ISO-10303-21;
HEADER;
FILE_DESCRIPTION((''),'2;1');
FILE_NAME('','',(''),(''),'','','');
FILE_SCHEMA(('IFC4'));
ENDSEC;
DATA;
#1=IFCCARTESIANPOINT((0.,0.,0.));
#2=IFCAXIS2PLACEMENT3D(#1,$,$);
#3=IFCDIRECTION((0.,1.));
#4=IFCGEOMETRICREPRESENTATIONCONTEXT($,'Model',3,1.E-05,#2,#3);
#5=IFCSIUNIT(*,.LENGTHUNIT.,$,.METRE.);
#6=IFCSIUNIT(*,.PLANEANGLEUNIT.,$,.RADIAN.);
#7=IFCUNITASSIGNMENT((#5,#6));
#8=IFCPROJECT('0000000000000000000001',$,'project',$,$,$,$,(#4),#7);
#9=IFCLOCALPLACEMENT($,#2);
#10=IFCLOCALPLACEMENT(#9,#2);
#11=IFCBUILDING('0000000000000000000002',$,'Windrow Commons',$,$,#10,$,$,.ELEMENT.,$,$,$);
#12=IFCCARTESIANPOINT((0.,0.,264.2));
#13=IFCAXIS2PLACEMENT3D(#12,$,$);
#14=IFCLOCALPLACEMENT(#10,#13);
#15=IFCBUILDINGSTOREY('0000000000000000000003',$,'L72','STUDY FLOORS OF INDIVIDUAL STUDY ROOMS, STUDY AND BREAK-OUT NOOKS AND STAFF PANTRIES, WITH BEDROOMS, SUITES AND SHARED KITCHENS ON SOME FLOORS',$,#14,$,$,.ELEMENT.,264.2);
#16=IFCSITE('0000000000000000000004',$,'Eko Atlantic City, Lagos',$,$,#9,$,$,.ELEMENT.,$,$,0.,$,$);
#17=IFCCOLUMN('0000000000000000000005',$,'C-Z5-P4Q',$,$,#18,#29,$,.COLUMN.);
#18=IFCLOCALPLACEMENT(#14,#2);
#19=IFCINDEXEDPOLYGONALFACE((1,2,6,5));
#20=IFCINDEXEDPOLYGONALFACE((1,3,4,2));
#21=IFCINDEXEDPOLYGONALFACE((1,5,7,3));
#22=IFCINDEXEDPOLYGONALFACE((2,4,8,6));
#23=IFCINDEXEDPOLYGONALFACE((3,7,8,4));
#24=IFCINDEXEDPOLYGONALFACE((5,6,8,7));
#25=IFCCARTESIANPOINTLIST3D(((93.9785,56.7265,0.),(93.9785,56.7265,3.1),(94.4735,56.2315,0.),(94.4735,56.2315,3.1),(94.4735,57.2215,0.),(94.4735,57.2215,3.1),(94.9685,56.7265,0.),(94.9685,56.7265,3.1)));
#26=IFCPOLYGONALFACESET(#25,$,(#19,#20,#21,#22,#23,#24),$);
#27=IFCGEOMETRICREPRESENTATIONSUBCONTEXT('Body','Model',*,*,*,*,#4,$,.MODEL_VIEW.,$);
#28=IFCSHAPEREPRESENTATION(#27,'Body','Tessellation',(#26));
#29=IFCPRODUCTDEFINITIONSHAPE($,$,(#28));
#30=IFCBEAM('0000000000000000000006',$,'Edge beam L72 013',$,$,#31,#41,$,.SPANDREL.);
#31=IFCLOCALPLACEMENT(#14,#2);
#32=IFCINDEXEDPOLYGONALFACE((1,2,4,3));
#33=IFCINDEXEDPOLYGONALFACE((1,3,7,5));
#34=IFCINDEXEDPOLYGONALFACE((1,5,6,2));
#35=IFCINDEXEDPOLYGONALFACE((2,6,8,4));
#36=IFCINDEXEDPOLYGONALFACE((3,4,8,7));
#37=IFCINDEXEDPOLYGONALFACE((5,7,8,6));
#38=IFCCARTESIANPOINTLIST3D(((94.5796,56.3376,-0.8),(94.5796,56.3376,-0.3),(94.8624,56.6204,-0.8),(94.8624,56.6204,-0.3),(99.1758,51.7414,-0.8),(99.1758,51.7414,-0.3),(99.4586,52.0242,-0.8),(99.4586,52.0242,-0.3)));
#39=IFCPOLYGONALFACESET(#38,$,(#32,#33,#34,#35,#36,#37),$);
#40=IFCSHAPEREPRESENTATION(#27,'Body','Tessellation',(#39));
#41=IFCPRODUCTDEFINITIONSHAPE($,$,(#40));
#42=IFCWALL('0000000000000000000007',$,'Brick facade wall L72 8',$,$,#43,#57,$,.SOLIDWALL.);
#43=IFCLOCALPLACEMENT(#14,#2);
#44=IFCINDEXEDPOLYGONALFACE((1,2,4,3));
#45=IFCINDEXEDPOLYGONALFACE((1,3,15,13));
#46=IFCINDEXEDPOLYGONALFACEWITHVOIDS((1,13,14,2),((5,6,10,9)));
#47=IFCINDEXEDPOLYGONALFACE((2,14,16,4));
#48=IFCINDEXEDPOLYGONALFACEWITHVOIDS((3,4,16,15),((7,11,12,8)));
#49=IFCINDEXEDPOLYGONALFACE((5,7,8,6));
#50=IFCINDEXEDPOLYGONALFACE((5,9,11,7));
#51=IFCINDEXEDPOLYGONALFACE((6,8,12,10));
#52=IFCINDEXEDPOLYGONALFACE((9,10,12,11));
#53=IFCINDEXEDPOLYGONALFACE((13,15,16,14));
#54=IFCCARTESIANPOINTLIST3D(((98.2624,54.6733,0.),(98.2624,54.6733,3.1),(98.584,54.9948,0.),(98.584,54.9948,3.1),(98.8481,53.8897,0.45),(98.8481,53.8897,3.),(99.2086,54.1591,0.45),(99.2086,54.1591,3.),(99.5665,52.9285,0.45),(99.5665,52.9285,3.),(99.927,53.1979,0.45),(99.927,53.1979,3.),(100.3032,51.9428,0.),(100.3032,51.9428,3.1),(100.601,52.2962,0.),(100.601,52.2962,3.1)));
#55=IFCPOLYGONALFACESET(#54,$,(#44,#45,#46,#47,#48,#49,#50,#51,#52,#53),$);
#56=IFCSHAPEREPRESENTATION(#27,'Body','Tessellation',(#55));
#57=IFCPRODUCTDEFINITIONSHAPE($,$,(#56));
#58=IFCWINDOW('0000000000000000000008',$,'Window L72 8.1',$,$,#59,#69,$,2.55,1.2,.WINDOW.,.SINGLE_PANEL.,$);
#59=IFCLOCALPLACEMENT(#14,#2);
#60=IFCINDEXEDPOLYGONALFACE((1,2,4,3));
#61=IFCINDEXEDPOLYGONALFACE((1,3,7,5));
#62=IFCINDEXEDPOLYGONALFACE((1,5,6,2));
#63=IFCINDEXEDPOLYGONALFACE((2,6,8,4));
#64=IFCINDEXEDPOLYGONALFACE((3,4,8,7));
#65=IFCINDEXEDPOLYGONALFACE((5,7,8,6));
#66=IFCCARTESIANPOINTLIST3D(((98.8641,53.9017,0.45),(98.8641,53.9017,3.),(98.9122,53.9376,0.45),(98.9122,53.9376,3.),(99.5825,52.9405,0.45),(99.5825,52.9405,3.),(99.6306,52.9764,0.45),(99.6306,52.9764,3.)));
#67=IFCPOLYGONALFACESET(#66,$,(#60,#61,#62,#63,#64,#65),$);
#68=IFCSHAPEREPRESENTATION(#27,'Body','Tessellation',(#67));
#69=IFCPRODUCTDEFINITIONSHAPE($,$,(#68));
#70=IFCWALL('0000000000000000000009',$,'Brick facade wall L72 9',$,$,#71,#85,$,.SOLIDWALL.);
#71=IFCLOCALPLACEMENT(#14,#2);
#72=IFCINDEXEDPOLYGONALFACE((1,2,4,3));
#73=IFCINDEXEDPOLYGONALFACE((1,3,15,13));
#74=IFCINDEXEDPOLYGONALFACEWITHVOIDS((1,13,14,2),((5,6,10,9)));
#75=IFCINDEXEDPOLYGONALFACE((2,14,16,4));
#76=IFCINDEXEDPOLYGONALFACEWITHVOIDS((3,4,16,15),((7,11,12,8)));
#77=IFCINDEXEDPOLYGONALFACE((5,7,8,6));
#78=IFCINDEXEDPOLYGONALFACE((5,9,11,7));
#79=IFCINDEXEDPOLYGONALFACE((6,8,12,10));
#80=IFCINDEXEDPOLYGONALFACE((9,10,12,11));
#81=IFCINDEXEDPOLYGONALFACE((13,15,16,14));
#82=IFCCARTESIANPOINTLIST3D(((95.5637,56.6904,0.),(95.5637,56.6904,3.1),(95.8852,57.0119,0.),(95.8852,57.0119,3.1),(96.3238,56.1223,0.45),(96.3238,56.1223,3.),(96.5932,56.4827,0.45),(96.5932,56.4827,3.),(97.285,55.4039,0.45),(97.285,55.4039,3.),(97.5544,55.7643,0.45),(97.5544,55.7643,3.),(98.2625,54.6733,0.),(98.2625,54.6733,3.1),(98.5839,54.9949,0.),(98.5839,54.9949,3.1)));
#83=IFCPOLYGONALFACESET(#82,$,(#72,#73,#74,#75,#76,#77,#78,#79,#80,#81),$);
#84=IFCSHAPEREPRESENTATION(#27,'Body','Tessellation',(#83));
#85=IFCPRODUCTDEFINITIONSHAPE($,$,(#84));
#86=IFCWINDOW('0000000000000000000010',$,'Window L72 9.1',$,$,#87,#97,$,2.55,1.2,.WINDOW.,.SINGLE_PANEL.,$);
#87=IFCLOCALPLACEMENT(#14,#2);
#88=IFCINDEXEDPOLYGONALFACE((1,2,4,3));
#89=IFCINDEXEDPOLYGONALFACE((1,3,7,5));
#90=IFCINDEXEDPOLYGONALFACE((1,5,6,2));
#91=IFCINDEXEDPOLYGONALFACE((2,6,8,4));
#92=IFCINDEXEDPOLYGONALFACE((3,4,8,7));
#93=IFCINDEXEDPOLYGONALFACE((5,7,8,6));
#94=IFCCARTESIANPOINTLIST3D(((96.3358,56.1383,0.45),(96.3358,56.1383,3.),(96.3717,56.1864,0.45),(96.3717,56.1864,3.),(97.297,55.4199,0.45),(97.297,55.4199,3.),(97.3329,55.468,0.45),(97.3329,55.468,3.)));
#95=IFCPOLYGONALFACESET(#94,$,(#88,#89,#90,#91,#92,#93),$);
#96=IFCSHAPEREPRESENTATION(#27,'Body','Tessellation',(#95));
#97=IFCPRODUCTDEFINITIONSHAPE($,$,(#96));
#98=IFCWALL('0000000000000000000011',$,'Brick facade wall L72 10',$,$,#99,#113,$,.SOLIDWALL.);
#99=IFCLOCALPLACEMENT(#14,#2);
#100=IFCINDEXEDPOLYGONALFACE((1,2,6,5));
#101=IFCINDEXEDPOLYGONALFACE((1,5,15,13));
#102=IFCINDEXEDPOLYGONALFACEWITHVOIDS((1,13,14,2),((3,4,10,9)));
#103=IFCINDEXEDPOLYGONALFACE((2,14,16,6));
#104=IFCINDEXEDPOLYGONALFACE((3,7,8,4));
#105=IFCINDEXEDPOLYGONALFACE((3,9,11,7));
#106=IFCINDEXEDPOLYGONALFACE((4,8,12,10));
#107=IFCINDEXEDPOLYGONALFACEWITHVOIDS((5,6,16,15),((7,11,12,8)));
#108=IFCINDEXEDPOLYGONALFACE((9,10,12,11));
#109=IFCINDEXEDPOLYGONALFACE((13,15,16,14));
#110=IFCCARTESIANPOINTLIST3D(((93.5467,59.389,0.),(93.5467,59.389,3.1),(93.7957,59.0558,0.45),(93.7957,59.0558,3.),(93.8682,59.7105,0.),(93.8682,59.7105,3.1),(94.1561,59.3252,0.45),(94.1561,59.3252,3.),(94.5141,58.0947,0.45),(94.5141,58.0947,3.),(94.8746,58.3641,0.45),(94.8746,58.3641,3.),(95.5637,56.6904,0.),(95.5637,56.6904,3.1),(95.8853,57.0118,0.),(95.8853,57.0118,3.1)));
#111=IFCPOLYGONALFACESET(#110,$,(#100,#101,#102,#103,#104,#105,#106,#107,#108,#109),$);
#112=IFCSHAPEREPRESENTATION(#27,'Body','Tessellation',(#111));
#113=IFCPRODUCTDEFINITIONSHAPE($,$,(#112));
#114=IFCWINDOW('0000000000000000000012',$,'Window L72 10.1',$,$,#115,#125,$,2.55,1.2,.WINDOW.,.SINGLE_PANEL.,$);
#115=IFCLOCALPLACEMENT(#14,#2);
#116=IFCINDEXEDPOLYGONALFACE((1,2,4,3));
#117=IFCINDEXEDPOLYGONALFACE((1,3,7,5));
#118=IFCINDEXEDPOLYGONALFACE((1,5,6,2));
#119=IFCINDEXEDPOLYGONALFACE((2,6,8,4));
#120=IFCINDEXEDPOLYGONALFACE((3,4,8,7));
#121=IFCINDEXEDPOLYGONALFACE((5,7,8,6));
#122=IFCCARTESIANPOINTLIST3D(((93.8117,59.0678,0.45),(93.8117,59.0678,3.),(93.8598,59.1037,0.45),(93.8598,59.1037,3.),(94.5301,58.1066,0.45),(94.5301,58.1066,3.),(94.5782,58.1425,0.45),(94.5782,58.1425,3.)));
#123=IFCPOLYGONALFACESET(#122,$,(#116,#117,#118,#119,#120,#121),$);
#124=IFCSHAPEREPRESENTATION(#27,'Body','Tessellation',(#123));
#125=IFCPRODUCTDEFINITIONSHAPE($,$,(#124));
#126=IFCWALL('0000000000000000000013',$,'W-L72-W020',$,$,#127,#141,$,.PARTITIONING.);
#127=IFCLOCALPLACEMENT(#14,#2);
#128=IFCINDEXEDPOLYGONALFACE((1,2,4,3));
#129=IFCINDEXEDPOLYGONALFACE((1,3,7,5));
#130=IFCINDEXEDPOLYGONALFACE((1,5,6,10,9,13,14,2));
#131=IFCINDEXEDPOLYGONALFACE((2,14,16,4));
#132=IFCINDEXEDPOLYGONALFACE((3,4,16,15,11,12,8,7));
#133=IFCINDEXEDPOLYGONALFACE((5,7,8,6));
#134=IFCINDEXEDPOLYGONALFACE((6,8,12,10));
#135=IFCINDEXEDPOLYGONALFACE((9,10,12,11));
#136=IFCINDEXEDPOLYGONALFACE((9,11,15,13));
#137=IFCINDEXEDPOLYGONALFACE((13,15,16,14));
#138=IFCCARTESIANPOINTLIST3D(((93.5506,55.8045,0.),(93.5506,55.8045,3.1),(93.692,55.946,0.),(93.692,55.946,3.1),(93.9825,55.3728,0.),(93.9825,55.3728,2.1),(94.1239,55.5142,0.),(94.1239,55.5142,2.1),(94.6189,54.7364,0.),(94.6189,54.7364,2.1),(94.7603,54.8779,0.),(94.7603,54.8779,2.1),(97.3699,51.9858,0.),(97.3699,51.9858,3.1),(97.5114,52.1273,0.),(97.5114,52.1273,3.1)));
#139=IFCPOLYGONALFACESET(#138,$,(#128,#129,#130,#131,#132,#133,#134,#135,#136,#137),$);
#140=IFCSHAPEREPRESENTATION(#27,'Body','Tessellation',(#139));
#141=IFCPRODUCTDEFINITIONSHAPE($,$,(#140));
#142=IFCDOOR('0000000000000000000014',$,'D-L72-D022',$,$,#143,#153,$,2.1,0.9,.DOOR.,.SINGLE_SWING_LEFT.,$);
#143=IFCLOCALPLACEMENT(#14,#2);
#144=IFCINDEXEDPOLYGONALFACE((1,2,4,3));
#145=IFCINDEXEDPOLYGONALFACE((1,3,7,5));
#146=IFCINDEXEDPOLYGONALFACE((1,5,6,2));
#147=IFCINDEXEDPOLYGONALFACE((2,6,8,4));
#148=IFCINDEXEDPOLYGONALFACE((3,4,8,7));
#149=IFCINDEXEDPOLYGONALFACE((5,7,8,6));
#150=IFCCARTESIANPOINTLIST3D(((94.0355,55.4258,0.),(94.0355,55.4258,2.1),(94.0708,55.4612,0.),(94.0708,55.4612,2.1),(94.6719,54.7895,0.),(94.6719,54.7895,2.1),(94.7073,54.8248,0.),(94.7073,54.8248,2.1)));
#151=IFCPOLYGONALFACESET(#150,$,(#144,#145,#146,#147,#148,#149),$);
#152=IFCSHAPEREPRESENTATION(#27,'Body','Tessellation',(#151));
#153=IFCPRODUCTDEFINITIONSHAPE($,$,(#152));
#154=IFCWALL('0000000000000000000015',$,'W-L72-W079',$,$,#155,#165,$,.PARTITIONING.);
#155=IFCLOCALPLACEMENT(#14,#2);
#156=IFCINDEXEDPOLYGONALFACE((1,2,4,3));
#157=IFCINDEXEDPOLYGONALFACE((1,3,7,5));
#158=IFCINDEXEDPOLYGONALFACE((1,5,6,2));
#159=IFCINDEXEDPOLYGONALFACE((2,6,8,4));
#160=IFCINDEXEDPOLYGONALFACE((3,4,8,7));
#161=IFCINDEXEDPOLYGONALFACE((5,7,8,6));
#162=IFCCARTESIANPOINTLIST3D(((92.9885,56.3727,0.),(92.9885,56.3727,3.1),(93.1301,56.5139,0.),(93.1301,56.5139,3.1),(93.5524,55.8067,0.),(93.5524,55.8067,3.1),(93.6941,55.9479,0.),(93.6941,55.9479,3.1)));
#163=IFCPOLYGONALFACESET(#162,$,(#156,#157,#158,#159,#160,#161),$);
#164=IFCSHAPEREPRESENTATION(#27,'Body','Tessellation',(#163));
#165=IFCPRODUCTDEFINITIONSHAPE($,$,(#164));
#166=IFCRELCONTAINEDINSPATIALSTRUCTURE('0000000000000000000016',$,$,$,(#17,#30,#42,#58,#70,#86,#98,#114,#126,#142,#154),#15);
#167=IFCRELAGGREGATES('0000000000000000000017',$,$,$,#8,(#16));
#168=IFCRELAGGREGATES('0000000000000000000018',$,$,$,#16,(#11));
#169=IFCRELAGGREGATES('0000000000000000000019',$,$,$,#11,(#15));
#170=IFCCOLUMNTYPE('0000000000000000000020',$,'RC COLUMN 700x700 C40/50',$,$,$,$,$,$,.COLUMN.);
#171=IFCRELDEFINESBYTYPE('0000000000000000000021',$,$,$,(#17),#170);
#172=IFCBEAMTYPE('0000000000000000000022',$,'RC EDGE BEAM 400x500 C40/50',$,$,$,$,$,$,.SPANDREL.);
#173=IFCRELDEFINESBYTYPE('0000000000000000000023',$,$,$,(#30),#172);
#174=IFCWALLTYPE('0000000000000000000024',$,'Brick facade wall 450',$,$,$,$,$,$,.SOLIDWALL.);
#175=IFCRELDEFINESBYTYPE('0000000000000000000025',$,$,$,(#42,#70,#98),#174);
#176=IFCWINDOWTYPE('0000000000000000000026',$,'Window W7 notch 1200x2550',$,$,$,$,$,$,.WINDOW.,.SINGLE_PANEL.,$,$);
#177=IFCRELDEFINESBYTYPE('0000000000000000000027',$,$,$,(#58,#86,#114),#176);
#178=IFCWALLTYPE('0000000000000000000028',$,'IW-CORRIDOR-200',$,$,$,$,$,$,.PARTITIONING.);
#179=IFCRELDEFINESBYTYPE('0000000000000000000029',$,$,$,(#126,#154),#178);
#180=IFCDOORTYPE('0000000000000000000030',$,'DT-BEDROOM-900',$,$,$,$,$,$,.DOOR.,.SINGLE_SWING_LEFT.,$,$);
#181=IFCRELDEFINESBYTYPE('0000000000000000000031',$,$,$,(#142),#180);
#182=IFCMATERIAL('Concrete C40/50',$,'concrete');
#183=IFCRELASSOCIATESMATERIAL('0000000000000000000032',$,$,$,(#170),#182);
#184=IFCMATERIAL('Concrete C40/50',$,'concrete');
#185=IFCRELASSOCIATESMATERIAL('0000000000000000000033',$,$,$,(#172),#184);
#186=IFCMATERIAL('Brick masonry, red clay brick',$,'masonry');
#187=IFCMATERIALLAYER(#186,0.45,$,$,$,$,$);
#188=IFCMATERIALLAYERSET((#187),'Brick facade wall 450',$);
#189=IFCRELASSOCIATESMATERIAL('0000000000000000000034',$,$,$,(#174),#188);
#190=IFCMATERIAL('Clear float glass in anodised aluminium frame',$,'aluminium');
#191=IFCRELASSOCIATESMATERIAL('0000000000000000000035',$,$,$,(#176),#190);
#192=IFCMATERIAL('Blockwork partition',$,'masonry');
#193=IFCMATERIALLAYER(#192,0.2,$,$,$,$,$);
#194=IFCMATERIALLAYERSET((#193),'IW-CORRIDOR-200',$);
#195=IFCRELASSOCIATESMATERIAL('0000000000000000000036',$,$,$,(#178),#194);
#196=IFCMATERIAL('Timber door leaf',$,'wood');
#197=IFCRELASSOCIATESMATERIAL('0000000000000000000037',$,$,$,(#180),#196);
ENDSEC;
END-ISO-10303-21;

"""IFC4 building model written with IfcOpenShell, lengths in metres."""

from ifc_helpers import new_model, si_unit, direction, frame, frame_2d, origin, origin_2d, place, context, subcontext, project, spatial, polyline, rectangle, outline, extrude, material, layer, layer_set, material_profile, profile_set, type_object, element, fill, save


model = new_model("IFC4")

# Units and contexts
model_context = context("Model", 3, precision=1e-05, world=origin(), true_north=direction((0.0, 1.0)))
body_context = subcontext(model_context, "Body", "Model", "MODEL_VIEW")
ifc_project = project(units=[si_unit("LENGTHUNIT", "METRE"), si_unit("PLANEANGLEUNIT", "RADIAN")], contexts=[model_context])

# Site, building, storey
site_placement = place(None, origin())
site = spatial("IfcSite", under=ifc_project, at=site_placement, Name="Eko Atlantic City, Lagos", CompositionType="ELEMENT", RefElevation=0.0)
building_placement = place(site_placement, origin())
building = spatial("IfcBuilding", under=site, at=building_placement, Name="Windrow Commons", CompositionType="ELEMENT")
storey_placement = place(building_placement, frame((0.0, 0.0, 264.2)))
storey = spatial("IfcBuildingStorey", under=building, at=storey_placement, Name="L72", Description="STUDY FLOORS OF INDIVIDUAL STUDY ROOMS, STUDY AND BREAK-OUT NOOKS AND STAFF PANTRIES, WITH BEDROOMS, SUITES AND SHARED KITCHENS ON SOME FLOORS", CompositionType="ELEMENT", Elevation=264.2)

# Column
ifc_material_1 = material(Name="Concrete C40/50", Category="concrete")
ifc_material_profile_1 = material_profile(ifc_material_1, rectangle(XDim=0.7, YDim=0.7, at=origin_2d()))
ifc_profile_set_1 = profile_set([ifc_material_profile_1], Name="Concrete C40/50")
column_type = type_object("IfcColumnType", Name="RC COLUMN 700x700 C40/50", PredefinedType="COLUMN", material=ifc_profile_set_1)
column_placement = place(storey_placement, frame((94.4735, 56.7265, 0.0), z_axis=(0.0, 0.0, 1.0), x_axis=(0.707107, -0.707107, 0.0)))
element("IfcColumn", 1, at=column_placement, inside=storey, type_object=column_type, Name="C-Z5-P4Q", PredefinedType="COLUMN", context=body_context, shape_type="SweptSolid", body=[
    extrude(rectangle(XDim=0.7, YDim=0.7, at=origin_2d()), origin(), (0.0, 0.0, 1.0), 3.1),
])

# Beam
ifc_material_2 = material(Name="Concrete C40/50", Category="concrete")
ifc_material_profile_2 = material_profile(ifc_material_2, rectangle(XDim=0.4, YDim=0.5, at=origin_2d()))
ifc_profile_set_2 = profile_set([ifc_material_profile_2], Name="Concrete C40/50")
beam_type = type_object("IfcBeamType", Name="RC EDGE BEAM 400x500 C40/50", PredefinedType="SPANDREL", material=ifc_profile_set_2)
beam_placement = place(storey_placement, frame((94.721, 56.479, -0.55), z_axis=(0.707107, -0.707107, 0.0), x_axis=(0.707107, 0.707107, 0.0)))
element("IfcBeam", 2, at=beam_placement, inside=storey, type_object=beam_type, Name="Edge beam L72 013", PredefinedType="SPANDREL", context=body_context, shape_type="SweptSolid", body=[
    extrude(rectangle(XDim=0.4, YDim=0.5, at=origin_2d()), origin(), (0.0, 0.0, 1.0), 6.5),
])

# Walls, openings, windows
ifc_material_3 = material(Name="Brick masonry, red clay brick", Category="masonry")
ifc_layer_1 = layer(ifc_material_3, 0.45)
ifc_layer_set_1 = layer_set([ifc_layer_1], Name="Brick facade wall 450")
wall_type_1 = type_object("IfcWallType", Name="Brick facade wall 450", PredefinedType="SOLIDWALL", material=ifc_layer_set_1)
wall_1_placement = place(storey_placement, frame((100.4521, 52.1195, 0.0), z_axis=(0.0, 0.0, 1.0), x_axis=(-0.598668, 0.800997, 0.0)))
wall_1 = element("IfcWall", 3, at=wall_1_placement, inside=storey, type_object=wall_type_1, Name="Brick facade wall L72 8", PredefinedType="SOLIDWALL", context=body_context, shape_type="SweptSolid", body=[
    extrude(outline(polyline([(0.0524, -0.225), (3.4215, -0.225), (3.3565, 0.225), (-0.0524, 0.225), (0.0524, -0.225)])), origin(), (0.0, 0.0, 1.0), 3.1),
])
opening_1_placement = place(wall_1_placement, frame((1.1782, 0.0, 0.45)))
opening_1 = element("IfcOpeningElement", 4, at=opening_1_placement, cuts=wall_1, PredefinedType="OPENING", context=body_context, shape_type="SweptSolid", body=[
    extrude(rectangle(XDim=1.2, YDim=2.55, at=frame_2d((0.6, 1.275))), frame((0.0, 0.235, 0.0), z_axis=(0.0, -1.0, 0.0), x_axis=(1.0, 0.0, 0.0)), (0.0, 0.0, 1.0), 0.47),
])
ifc_material_4 = material(Name="Clear float glass in anodised aluminium frame", Category="aluminium")
window_type = type_object("IfcWindowType", Name="Window W7 notch 1200x2550", PartitioningType="SINGLE_PANEL", PredefinedType="WINDOW", material=ifc_material_4)
window_1_placement = place(opening_1_placement, origin())
window_1 = element("IfcWindow", 5, at=window_1_placement, inside=storey, type_object=window_type, Name="Window L72 8.1", OverallHeight=2.55, OverallWidth=1.2, PartitioningType="SINGLE_PANEL", PredefinedType="WINDOW", context=body_context, shape_type="SweptSolid", body=[
    extrude(rectangle(XDim=1.2, YDim=2.55, at=frame_2d((0.6, 1.275))), frame((0.0, 0.205, 0.0), z_axis=(0.0, -1.0, 0.0), x_axis=(1.0, 0.0, 0.0)), (0.0, 0.0, 1.0), 0.06),
])
fill(opening_1, window_1)
wall_2_placement = place(storey_placement, frame((98.4232, 54.8341, 0.0), z_axis=(0.0, 0.0, 1.0), x_axis=(-0.801, 0.598665, 0.0)))
wall_2 = element("IfcWall", 6, at=wall_2_placement, inside=storey, type_object=wall_type_1, Name="Brick facade wall L72 9", PredefinedType="SOLIDWALL", context=body_context, shape_type="SweptSolid", body=[
    extrude(outline(polyline([(-0.0325, -0.225), (3.3367, -0.225), (3.4017, 0.225), (0.0325, 0.225), (-0.0325, -0.225)])), origin(), (0.0, 0.0, 1.0), 3.1),
])
opening_2_placement = place(wall_2_placement, frame((1.2528, 0.0, 0.45)))
opening_2 = element("IfcOpeningElement", 7, at=opening_2_placement, cuts=wall_2, PredefinedType="OPENING", context=body_context, shape_type="SweptSolid", body=[
    extrude(rectangle(XDim=1.2, YDim=2.55, at=frame_2d((0.6, 1.275))), frame((0.0, 0.235, 0.0), z_axis=(0.0, -1.0, 0.0), x_axis=(1.0, 0.0, 0.0)), (0.0, 0.0, 1.0), 0.47),
])
window_2_placement = place(opening_2_placement, origin())
window_2 = element("IfcWindow", 8, at=window_2_placement, inside=storey, type_object=window_type, Name="Window L72 9.1", OverallHeight=2.55, OverallWidth=1.2, PartitioningType="SINGLE_PANEL", PredefinedType="WINDOW", context=body_context, shape_type="SweptSolid", body=[
    extrude(rectangle(XDim=1.2, YDim=2.55, at=frame_2d((0.6, 1.275))), frame((0.0, 0.205, 0.0), z_axis=(0.0, -1.0, 0.0), x_axis=(1.0, 0.0, 0.0)), (0.0, 0.0, 1.0), 0.06),
])
fill(opening_2, window_2)
wall_3_placement = place(storey_placement, frame((95.7245, 56.8511, 0.0), z_axis=(0.0, 0.0, 1.0), x_axis=(-0.598684, 0.800985, 0.0)))
wall_3 = element("IfcWall", 9, at=wall_3_placement, inside=storey, type_object=wall_type_1, Name="Brick facade wall L72 10", PredefinedType="SOLIDWALL", context=body_context, shape_type="SweptSolid", body=[
    extrude(outline(polyline([(0.0325, -0.225), (3.4017, -0.225), (3.3367, 0.225), (-0.0325, 0.225), (0.0325, -0.225)])), origin(), (0.0, 0.0, 1.0), 3.1),
])
opening_3_placement = place(wall_3_placement, frame((1.7207, 0.0, 0.45)))
opening_3 = element("IfcOpeningElement", 10, at=opening_3_placement, cuts=wall_3, PredefinedType="OPENING", context=body_context, shape_type="SweptSolid", body=[
    extrude(rectangle(XDim=1.2, YDim=2.55, at=frame_2d((0.6, 1.275))), frame((0.0, 0.235, 0.0), z_axis=(0.0, -1.0, 0.0), x_axis=(1.0, 0.0, 0.0)), (0.0, 0.0, 1.0), 0.47),
])
window_3_placement = place(opening_3_placement, origin())
window_3 = element("IfcWindow", 11, at=window_3_placement, inside=storey, type_object=window_type, Name="Window L72 10.1", OverallHeight=2.55, OverallWidth=1.2, PartitioningType="SINGLE_PANEL", PredefinedType="WINDOW", context=body_context, shape_type="SweptSolid", body=[
    extrude(rectangle(XDim=1.2, YDim=2.55, at=frame_2d((0.6, 1.275))), frame((0.0, 0.205, 0.0), z_axis=(0.0, -1.0, 0.0), x_axis=(1.0, 0.0, 0.0)), (0.0, 0.0, 1.0), 0.06),
])
fill(opening_3, window_3)

# Wall, opening, door
ifc_material_5 = material(Name="Blockwork partition", Category="masonry")
ifc_layer_2 = layer(ifc_material_5, 0.2)
ifc_layer_set_2 = layer_set([ifc_layer_2], Name="IW-CORRIDOR-200")
wall_type_2 = type_object("IfcWallType", Name="IW-CORRIDOR-200", PredefinedType="PARTITIONING", material=ifc_layer_set_2)
wall_4_placement = place(storey_placement, frame((93.6213, 55.8753, 0.0), z_axis=(0.0, 0.0, 1.0), x_axis=(0.707162, -0.707051, 0.0)))
wall_4 = element("IfcWall", 12, at=wall_4_placement, inside=storey, type_object=wall_type_2, Name="W-L72-W020", PredefinedType="PARTITIONING", context=body_context, shape_type="SweptSolid", body=[
    extrude(rectangle(XDim=5.4009, YDim=0.2, at=frame_2d((2.7005, 0.0))), origin(), (0.0, 0.0, 1.0), 3.1),
])
opening_4_placement = place(wall_4_placement, frame((0.6107, 0.0, 0.0)))
opening_4 = element("IfcOpeningElement", 13, at=opening_4_placement, cuts=wall_4, PredefinedType="OPENING", context=body_context, shape_type="SweptSolid", body=[
    extrude(rectangle(XDim=0.9, YDim=2.1, at=frame_2d((0.45, 1.05))), frame((0.0, 0.11, 0.0), z_axis=(0.0, -1.0, 0.0), x_axis=(1.0, 0.0, 0.0)), (0.0, 0.0, 1.0), 0.22),
])
ifc_material_6 = material(Name="Timber door leaf", Category="wood")
door_type_1 = type_object("IfcDoorType", Name="DT-BEDROOM-900", OperationType="SINGLE_SWING_LEFT", PredefinedType="DOOR", material=ifc_material_6)
door_1_placement = place(opening_4_placement, origin())
door_1 = element("IfcDoor", 14, at=door_1_placement, inside=storey, type_object=door_type_1, Name="D-L72-D022", OperationType="SINGLE_SWING_LEFT", OverallHeight=2.1, OverallWidth=0.9, PredefinedType="DOOR", context=body_context, shape_type="SweptSolid", body=[
    extrude(rectangle(XDim=0.9, YDim=2.1, at=frame_2d((0.45, 1.05))), frame((0.0, 0.025, 0.0), z_axis=(0.0, -1.0, 0.0), x_axis=(1.0, 0.0, 0.0)), (0.0, 0.0, 1.0), 0.05),
])
fill(opening_4, door_1)

# Wall
wall_5_placement = place(storey_placement, frame((93.0593, 56.4433, 0.0), z_axis=(0.0, 0.0, 1.0), x_axis=(0.705854, -0.708357, 0.0)))
element("IfcWall", 15, at=wall_5_placement, inside=storey, type_object=wall_type_2, Name="W-L72-W079", PredefinedType="PARTITIONING", context=body_context, shape_type="SweptSolid", body=[
    extrude(rectangle(XDim=0.799, YDim=0.2, at=frame_2d((0.3995, 0.0))), origin(), (0.0, 0.0, 1.0), 3.1),
])

save(model, "model.ifc")
